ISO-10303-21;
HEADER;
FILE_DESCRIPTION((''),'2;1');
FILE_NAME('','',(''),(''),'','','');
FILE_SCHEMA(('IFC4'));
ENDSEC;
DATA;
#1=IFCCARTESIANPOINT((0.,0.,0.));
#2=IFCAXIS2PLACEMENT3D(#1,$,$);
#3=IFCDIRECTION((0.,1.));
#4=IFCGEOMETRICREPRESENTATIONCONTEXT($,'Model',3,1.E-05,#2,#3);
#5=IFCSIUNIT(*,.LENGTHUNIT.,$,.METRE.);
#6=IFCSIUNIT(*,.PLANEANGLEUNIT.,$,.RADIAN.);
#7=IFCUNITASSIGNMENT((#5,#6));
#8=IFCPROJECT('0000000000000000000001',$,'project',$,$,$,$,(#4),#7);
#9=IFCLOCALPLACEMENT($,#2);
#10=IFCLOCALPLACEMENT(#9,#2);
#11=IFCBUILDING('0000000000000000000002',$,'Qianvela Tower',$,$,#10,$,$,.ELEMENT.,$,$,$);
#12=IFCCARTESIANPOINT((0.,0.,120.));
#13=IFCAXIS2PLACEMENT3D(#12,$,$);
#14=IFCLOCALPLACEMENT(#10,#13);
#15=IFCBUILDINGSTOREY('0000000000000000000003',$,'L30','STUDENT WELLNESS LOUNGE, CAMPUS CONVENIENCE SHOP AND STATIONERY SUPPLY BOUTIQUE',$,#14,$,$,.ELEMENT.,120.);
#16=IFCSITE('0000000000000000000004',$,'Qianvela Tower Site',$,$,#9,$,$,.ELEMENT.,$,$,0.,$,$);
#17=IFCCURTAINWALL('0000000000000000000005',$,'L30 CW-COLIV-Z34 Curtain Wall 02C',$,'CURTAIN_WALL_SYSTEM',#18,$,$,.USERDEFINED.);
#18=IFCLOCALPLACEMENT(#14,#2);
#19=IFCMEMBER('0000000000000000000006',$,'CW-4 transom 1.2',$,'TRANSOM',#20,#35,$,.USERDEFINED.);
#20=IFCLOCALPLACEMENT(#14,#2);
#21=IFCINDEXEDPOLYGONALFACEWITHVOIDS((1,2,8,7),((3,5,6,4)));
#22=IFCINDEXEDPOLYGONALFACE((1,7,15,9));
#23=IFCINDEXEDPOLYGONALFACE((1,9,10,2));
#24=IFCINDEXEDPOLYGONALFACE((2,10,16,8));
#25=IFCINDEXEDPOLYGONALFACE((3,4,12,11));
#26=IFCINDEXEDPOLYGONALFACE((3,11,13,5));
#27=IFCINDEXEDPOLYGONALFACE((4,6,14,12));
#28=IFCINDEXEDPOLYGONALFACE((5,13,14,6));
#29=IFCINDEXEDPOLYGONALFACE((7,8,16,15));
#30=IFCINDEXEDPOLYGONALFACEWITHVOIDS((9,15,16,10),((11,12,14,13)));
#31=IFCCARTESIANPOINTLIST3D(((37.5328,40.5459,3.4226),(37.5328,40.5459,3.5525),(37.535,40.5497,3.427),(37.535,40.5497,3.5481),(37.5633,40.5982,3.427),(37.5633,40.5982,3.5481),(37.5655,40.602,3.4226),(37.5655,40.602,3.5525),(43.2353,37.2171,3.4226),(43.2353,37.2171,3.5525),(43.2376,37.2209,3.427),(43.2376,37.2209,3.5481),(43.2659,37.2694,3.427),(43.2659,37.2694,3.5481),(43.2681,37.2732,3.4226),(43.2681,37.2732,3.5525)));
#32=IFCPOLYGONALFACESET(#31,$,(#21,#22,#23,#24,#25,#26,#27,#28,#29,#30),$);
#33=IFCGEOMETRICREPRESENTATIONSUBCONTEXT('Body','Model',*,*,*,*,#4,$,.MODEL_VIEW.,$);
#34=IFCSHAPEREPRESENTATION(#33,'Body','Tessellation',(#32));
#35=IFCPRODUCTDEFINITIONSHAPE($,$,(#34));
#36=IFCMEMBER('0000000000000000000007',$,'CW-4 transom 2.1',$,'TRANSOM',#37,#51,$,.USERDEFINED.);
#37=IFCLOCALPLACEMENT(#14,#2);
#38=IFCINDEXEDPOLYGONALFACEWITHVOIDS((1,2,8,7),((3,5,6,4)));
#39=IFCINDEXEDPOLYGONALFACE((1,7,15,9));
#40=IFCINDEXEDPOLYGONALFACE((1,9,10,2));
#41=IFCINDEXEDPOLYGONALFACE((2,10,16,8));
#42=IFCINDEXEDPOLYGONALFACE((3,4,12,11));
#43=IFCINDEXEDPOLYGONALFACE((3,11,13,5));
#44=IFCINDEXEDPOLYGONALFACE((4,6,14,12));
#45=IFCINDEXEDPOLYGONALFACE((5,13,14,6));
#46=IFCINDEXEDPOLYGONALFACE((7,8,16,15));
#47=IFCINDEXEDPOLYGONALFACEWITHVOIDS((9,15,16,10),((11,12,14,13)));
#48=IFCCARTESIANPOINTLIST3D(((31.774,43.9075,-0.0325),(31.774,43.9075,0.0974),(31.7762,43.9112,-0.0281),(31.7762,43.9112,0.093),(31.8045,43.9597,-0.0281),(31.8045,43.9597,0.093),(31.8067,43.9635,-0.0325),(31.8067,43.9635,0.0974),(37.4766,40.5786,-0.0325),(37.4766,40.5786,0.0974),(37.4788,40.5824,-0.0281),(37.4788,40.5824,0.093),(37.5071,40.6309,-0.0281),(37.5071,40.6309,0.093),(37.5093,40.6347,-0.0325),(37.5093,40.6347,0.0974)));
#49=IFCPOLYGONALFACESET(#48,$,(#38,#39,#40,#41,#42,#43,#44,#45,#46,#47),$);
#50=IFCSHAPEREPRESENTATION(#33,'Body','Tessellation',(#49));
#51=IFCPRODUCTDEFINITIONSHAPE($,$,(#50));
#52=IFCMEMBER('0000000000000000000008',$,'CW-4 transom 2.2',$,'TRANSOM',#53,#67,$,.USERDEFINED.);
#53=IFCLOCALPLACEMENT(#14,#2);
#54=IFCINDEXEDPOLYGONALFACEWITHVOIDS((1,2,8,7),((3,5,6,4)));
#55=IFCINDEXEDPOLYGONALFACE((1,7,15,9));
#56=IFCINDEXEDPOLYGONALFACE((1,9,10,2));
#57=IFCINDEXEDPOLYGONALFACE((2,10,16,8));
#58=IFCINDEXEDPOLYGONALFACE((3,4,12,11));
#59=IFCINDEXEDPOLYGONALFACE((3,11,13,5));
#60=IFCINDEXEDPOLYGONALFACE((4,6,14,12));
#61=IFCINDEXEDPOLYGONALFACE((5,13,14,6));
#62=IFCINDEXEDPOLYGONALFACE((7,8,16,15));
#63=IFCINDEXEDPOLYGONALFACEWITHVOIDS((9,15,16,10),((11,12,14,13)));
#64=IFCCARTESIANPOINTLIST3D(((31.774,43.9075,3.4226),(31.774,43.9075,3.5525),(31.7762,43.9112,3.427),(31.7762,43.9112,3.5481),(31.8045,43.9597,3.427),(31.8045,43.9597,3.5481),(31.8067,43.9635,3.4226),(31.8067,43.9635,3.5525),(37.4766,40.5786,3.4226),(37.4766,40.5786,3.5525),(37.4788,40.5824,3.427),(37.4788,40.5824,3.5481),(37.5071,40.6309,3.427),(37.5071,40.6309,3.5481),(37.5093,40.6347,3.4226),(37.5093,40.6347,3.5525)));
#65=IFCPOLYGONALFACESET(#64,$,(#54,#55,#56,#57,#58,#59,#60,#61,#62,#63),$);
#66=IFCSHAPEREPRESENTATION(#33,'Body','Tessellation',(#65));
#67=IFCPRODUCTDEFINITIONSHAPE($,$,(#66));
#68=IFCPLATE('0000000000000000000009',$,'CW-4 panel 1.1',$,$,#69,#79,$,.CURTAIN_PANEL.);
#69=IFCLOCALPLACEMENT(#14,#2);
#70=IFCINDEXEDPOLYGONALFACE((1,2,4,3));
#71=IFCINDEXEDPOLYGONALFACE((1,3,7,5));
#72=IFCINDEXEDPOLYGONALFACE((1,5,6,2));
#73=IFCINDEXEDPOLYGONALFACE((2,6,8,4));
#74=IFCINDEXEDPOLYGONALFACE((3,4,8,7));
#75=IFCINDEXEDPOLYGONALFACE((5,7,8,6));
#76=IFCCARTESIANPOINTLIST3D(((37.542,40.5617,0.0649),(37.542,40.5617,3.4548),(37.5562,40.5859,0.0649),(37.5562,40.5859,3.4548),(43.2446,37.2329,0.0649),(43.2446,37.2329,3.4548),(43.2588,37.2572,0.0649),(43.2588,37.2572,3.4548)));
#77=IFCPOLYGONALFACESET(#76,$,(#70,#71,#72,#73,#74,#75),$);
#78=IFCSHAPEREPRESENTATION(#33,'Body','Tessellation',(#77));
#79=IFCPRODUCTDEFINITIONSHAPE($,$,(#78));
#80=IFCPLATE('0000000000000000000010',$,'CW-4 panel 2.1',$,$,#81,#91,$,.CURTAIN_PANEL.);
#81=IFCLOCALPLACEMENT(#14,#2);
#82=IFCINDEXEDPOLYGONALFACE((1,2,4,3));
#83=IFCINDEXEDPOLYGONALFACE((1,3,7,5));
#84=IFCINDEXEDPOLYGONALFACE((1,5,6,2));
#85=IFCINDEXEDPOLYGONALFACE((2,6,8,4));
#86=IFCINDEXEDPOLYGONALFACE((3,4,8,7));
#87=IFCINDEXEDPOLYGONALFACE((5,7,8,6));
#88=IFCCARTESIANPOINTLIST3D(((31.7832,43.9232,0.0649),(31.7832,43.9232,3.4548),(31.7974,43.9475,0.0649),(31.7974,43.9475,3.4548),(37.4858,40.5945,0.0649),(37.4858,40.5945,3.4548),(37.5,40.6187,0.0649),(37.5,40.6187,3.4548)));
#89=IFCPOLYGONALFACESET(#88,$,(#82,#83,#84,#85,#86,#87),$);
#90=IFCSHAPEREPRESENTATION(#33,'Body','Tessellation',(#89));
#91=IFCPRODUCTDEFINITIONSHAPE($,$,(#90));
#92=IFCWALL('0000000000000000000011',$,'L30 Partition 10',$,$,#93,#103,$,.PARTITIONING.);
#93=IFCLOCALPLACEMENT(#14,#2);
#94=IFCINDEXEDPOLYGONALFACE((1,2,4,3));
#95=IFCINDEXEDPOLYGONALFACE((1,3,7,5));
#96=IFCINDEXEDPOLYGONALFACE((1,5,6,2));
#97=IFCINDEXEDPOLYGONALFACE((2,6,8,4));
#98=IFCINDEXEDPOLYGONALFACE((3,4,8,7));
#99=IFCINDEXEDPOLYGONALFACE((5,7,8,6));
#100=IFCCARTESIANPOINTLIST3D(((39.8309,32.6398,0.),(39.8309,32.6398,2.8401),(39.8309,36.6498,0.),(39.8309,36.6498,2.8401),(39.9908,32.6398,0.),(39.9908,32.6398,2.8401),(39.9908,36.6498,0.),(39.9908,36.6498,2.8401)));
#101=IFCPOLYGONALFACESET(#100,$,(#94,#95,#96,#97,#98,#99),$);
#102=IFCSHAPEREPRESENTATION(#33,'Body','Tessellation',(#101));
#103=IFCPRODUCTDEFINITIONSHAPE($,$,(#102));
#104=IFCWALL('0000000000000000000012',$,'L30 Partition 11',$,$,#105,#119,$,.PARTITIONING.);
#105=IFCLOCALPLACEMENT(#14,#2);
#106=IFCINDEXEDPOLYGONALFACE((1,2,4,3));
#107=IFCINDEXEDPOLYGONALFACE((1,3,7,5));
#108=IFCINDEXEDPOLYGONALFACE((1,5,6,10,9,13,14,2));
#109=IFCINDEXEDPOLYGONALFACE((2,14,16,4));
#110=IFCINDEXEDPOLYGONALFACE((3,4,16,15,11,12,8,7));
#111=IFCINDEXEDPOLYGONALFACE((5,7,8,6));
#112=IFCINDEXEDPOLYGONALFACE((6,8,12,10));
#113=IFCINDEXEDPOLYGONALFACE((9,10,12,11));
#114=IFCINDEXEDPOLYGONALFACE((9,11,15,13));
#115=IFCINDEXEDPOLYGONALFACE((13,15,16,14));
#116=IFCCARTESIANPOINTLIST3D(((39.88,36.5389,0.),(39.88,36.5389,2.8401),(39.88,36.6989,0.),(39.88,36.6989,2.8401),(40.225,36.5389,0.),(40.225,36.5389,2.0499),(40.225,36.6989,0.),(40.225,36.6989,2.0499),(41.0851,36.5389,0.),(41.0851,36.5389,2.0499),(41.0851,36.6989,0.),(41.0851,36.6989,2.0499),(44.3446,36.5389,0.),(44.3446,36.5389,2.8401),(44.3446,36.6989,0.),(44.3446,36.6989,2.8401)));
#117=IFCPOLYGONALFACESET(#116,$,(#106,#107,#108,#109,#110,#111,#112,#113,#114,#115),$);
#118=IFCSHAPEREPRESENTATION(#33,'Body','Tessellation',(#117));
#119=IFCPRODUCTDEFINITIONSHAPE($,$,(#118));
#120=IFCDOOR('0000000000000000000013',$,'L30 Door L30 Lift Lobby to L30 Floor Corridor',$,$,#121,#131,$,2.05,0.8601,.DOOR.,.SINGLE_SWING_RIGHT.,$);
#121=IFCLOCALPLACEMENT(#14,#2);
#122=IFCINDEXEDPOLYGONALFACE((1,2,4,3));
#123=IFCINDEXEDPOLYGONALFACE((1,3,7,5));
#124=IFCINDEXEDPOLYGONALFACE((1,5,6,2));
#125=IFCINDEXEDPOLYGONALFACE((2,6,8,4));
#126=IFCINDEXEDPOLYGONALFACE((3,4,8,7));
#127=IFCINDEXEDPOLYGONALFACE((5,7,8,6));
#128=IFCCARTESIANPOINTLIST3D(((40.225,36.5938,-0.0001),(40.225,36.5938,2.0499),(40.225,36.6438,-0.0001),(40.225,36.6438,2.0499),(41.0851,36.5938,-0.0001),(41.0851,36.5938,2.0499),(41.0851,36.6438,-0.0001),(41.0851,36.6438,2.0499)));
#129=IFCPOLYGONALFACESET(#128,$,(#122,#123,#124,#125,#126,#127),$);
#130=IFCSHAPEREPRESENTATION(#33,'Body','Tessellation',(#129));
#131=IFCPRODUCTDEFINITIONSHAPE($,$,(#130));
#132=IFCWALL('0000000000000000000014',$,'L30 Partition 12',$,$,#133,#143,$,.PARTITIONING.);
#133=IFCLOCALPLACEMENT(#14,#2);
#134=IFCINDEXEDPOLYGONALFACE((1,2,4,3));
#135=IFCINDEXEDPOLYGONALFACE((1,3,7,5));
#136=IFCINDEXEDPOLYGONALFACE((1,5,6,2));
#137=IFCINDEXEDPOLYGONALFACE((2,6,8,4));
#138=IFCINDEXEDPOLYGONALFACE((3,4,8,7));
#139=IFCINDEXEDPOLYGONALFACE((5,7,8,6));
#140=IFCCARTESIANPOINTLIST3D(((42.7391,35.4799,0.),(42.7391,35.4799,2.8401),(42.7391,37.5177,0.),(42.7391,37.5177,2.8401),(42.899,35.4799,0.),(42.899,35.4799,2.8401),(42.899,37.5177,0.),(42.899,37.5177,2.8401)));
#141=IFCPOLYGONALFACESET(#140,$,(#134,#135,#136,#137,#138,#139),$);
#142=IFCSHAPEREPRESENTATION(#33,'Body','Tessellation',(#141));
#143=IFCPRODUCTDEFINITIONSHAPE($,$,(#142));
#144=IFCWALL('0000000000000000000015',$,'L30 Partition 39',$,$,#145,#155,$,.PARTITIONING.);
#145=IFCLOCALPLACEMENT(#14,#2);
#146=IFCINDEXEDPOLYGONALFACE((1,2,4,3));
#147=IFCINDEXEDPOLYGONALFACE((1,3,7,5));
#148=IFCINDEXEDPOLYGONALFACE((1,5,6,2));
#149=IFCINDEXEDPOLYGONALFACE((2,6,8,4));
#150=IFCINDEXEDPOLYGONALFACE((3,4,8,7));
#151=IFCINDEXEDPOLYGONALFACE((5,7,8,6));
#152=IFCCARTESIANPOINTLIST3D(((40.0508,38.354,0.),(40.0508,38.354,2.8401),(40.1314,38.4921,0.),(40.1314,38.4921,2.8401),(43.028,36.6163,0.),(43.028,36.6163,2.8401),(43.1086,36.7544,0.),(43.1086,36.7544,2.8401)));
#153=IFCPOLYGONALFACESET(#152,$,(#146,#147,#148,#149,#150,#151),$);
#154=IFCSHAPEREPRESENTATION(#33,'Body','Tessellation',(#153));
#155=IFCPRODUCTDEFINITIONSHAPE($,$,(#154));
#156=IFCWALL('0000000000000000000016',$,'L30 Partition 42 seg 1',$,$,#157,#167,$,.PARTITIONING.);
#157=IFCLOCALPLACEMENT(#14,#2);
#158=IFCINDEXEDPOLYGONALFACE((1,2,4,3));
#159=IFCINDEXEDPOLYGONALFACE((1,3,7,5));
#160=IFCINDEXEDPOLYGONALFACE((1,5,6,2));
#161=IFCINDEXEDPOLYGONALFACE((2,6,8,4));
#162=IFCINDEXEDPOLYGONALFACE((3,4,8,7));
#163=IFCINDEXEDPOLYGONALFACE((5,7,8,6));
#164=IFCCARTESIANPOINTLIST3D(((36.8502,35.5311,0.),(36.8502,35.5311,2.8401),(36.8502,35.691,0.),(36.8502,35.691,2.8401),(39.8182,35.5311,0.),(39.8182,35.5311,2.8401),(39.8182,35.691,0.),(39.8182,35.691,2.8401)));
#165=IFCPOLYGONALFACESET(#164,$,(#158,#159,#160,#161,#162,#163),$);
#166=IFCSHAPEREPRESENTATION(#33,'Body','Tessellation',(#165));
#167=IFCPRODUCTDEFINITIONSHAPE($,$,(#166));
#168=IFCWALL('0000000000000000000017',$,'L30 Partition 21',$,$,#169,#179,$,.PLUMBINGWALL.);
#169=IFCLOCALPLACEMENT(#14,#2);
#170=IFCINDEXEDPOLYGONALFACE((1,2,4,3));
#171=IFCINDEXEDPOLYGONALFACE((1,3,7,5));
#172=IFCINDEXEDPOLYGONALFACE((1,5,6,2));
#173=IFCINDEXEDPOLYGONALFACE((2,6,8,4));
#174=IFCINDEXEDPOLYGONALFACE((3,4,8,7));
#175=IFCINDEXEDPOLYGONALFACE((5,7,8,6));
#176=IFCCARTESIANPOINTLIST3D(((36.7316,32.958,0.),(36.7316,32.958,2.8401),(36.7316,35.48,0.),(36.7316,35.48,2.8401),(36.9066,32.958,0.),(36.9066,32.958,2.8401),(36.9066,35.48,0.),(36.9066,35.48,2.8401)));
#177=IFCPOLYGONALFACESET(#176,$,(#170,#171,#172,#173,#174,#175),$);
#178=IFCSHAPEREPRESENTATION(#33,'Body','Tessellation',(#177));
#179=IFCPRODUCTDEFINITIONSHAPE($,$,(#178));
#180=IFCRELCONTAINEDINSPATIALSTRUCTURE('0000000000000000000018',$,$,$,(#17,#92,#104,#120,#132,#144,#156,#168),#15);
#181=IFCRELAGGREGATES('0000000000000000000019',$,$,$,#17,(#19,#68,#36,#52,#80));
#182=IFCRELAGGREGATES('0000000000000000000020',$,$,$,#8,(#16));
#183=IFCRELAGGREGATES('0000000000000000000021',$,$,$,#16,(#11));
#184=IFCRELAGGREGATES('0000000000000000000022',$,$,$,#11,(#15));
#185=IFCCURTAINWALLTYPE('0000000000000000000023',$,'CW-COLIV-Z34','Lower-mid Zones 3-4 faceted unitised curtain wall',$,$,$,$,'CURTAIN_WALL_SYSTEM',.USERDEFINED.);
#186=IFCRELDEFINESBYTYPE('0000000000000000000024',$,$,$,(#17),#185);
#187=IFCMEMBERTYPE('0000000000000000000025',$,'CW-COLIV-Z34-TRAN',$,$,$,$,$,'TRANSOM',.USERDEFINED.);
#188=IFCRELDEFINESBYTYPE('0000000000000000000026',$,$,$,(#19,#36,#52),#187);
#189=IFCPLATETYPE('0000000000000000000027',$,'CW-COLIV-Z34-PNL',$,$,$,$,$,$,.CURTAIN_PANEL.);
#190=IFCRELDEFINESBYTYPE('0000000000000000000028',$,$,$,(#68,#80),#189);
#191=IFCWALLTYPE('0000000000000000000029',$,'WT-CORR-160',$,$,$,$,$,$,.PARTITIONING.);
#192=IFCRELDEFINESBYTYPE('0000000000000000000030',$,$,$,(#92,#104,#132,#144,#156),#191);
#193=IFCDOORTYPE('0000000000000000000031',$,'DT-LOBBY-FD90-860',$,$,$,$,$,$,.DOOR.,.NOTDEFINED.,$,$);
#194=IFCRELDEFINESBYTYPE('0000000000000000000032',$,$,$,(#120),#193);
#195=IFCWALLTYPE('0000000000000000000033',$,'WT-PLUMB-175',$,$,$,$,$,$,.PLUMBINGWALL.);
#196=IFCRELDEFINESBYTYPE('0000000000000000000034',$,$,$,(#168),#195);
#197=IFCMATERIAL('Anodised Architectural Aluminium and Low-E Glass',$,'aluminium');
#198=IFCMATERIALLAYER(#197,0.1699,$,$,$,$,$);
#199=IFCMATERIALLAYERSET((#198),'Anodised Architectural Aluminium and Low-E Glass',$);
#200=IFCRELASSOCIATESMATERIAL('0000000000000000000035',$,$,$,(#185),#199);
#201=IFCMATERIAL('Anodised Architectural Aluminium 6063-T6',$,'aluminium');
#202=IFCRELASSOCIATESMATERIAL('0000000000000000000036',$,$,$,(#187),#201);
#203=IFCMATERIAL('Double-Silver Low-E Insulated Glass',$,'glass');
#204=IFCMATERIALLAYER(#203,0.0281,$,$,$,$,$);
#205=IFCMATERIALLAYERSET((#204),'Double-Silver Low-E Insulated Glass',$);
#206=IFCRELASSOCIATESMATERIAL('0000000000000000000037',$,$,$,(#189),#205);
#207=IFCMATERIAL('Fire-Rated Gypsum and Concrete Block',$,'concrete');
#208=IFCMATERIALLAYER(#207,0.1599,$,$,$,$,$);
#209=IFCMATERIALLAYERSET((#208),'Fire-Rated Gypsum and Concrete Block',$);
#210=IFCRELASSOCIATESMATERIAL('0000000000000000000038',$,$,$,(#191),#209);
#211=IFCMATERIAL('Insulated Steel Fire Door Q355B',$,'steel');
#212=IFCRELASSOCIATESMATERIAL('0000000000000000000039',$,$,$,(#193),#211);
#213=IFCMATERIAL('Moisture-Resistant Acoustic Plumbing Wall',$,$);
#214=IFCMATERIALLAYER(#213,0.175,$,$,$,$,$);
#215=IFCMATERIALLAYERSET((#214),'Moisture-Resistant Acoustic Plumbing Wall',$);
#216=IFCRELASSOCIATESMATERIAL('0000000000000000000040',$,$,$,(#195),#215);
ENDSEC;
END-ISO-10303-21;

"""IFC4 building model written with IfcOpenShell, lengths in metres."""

from ifc_helpers import new_model, si_unit, direction, frame, frame_2d, origin, origin_2d, place, context, subcontext, project, spatial, rectangle, hollow_rectangle, extrude, material, layer, layer_set, material_profile, profile_set, type_object, element, fill, aggregate, save


model = new_model("IFC4")

# Units and contexts
model_context = context("Model", 3, precision=1e-05, world=origin(), true_north=direction((0.0, 1.0)))
body_context = subcontext(model_context, "Body", "Model", "MODEL_VIEW")
ifc_project = project(units=[si_unit("LENGTHUNIT", "METRE"), si_unit("PLANEANGLEUNIT", "RADIAN")], contexts=[model_context])

# Site, building, storey
site_placement = place(None, origin())
site = spatial("IfcSite", under=ifc_project, at=site_placement, Name="Qianvela Tower Site", CompositionType="ELEMENT", RefElevation=0.0)
building_placement = place(site_placement, origin())
building = spatial("IfcBuilding", under=site, at=building_placement, Name="Qianvela Tower", CompositionType="ELEMENT")
storey_placement = place(building_placement, frame((0.0, 0.0, 120.0)))
storey = spatial("IfcBuildingStorey", under=building, at=storey_placement, Name="L30", Description="STUDENT WELLNESS LOUNGE, CAMPUS CONVENIENCE SHOP AND STATIONERY SUPPLY BOUTIQUE", CompositionType="ELEMENT", Elevation=120.0)

# Curtain wall, members, plates
ifc_material_1 = material(Name="Anodised Architectural Aluminium and Low-E Glass", Category="aluminium")
ifc_layer_1 = layer(ifc_material_1, 0.1699)
ifc_layer_set_1 = layer_set([ifc_layer_1], Name="Anodised Architectural Aluminium and Low-E Glass")
curtain_wall_type = type_object("IfcCurtainWallType", Name="CW-COLIV-Z34", Description="Lower-mid Zones 3-4 faceted unitised curtain wall", ElementType="CURTAIN_WALL_SYSTEM", PredefinedType="USERDEFINED", material=ifc_layer_set_1)
curtain_wall_placement = place(storey_placement, origin())
curtain_wall = element("IfcCurtainWall", 1, at=curtain_wall_placement, inside=storey, type_object=curtain_wall_type, Name="L30 CW-COLIV-Z34 Curtain Wall 02C", ObjectType="CURTAIN_WALL_SYSTEM", PredefinedType="USERDEFINED")
ifc_material_2 = material(Name="Anodised Architectural Aluminium 6063-T6", Category="aluminium")
ifc_material_profile_1 = material_profile(ifc_material_2, hollow_rectangle(XDim=0.0649, YDim=0.1299, WallThickness=0.0044, at=origin_2d()), Name="ALU-TRAN-65x130")
ifc_profile_set_1 = profile_set([ifc_material_profile_1], Name="Anodised Architectural Aluminium 6063-T6")
member_type_1 = type_object("IfcMemberType", Name="CW-COLIV-Z34-TRAN", ElementType="TRANSOM", PredefinedType="USERDEFINED", material=ifc_profile_set_1)
member_1_placement = place(storey_placement, frame((43.2517, 37.2451, 3.4875), z_axis=(-0.863626, 0.504133, 0.0), x_axis=(-0.504133, -0.863626, 0.0)))
member_1 = element("IfcMember", 2, at=member_1_placement, type_object=member_type_1, Name="CW-4 transom 1.2", ObjectType="TRANSOM", PredefinedType="USERDEFINED", context=body_context, shape_type="SweptSolid", body=[
    extrude(hollow_rectangle(XDim=0.0649, YDim=0.1299, WallThickness=0.0044, at=origin_2d()), origin(), (0.0, 0.0, 1.0), 6.603),
])
member_2_placement = place(storey_placement, frame((37.4929, 40.6067, 0.0325), z_axis=(-0.863626, 0.504133, 0.0), x_axis=(-0.504133, -0.863626, 0.0)))
member_2 = element("IfcMember", 3, at=member_2_placement, type_object=member_type_1, Name="CW-4 transom 2.1", ObjectType="TRANSOM", PredefinedType="USERDEFINED", context=body_context, shape_type="SweptSolid", body=[
    extrude(hollow_rectangle(XDim=0.0649, YDim=0.1299, WallThickness=0.0044, at=origin_2d()), origin(), (0.0, 0.0, 1.0), 6.603),
])
member_3_placement = place(storey_placement, frame((37.4929, 40.6067, 3.4875), z_axis=(-0.863626, 0.504133, 0.0), x_axis=(-0.504133, -0.863626, 0.0)))
member_3 = element("IfcMember", 4, at=member_3_placement, type_object=member_type_1, Name="CW-4 transom 2.2", ObjectType="TRANSOM", PredefinedType="USERDEFINED", context=body_context, shape_type="SweptSolid", body=[
    extrude(hollow_rectangle(XDim=0.0649, YDim=0.1299, WallThickness=0.0044, at=origin_2d()), origin(), (0.0, 0.0, 1.0), 6.603),
])
ifc_material_3 = material(Name="Double-Silver Low-E Insulated Glass", Category="glass")
ifc_layer_2 = layer(ifc_material_3, 0.0281)
ifc_layer_set_2 = layer_set([ifc_layer_2], Name="Double-Silver Low-E Insulated Glass")
plate_type = type_object("IfcPlateType", Name="CW-COLIV-Z34-PNL", PredefinedType="CURTAIN_PANEL", material=ifc_layer_set_2)
plate_1_placement = place(storey_placement, frame((40.4004, 38.9094, 0.0649), z_axis=(0.0, 0.0, 1.0), x_axis=(-0.863632, 0.504123, 0.0)))
plate_1 = element("IfcPlate", 5, at=plate_1_placement, type_object=plate_type, Name="CW-4 panel 1.1", PredefinedType="CURTAIN_PANEL", context=body_context, shape_type="SweptSolid", body=[
    extrude(rectangle(XDim=6.603, YDim=0.0281, at=origin_2d()), origin(), (0.0, 0.0, 1.0), 3.3899),
])
plate_2_placement = place(storey_placement, frame((34.6416, 42.271, 0.0649), z_axis=(0.0, 0.0, 1.0), x_axis=(-0.863632, 0.504123, 0.0)))
plate_2 = element("IfcPlate", 6, at=plate_2_placement, type_object=plate_type, Name="CW-4 panel 2.1", PredefinedType="CURTAIN_PANEL", context=body_context, shape_type="SweptSolid", body=[
    extrude(rectangle(XDim=6.603, YDim=0.0281, at=origin_2d()), origin(), (0.0, 0.0, 1.0), 3.3899),
])
aggregate(curtain_wall, [member_1, plate_1, member_2, member_3, plate_2])

# Wall
ifc_material_4 = material(Name="Fire-Rated Gypsum and Concrete Block", Category="concrete")
ifc_layer_3 = layer(ifc_material_4, 0.1599)
ifc_layer_set_3 = layer_set([ifc_layer_3], Name="Fire-Rated Gypsum and Concrete Block")
wall_type_1 = type_object("IfcWallType", Name="WT-CORR-160", PredefinedType="PARTITIONING", material=ifc_layer_set_3)
wall_1_placement = place(storey_placement, frame((39.9109, 32.6399, 0.0), z_axis=(0.0, 0.0, 1.0), x_axis=(0.0, 1.0, 0.0)))
element("IfcWall", 7, at=wall_1_placement, inside=storey, type_object=wall_type_1, Name="L30 Partition 10", PredefinedType="PARTITIONING", context=body_context, shape_type="SweptSolid", body=[
    extrude(rectangle(XDim=4.01, YDim=0.1599, at=frame_2d((2.0049, 0.0))), origin(), (0.0, 0.0, 1.0), 2.8401),
])

# Wall, opening, door
wall_2_placement = place(storey_placement, frame((39.8799, 36.6189, 0.0), z_axis=(0.0, 0.0, 1.0), x_axis=(1.0, 0.0, 0.0)))
wall_2 = element("IfcWall", 8, at=wall_2_placement, inside=storey, type_object=wall_type_1, Name="L30 Partition 11", PredefinedType="PARTITIONING", context=body_context, shape_type="SweptSolid", body=[
    extrude(rectangle(XDim=4.4646, YDim=0.1599, at=frame_2d((2.2324, 0.0))), origin(), (0.0, 0.0, 1.0), 2.8401),
])
opening_1_placement = place(wall_2_placement, frame((0.345, 0.0, 0.0)))
opening_1 = element("IfcOpeningElement", 9, at=opening_1_placement, cuts=wall_2, PredefinedType="OPENING", context=body_context, shape_type="SweptSolid", body=[
    extrude(rectangle(XDim=0.8601, YDim=2.05, at=frame_2d((0.4302, 1.0249))), frame((0.0, 0.0898, 0.0), z_axis=(0.0, -1.0, 0.0), x_axis=(1.0, 0.0, 0.0)), (0.0, 0.0, 1.0), 0.1799),
])
ifc_material_5 = material(Name="Insulated Steel Fire Door Q355B", Category="steel")
door_type_1 = type_object("IfcDoorType", Name="DT-LOBBY-FD90-860", OperationType="NOTDEFINED", PredefinedType="DOOR", material=ifc_material_5)
door_1_placement = place(opening_1_placement, origin())
door_1 = element("IfcDoor", 10, at=door_1_placement, inside=storey, type_object=door_type_1, Name="L30 Door L30 Lift Lobby to L30 Floor Corridor", OperationType="SINGLE_SWING_RIGHT", OverallHeight=2.05, OverallWidth=0.8601, PredefinedType="DOOR", context=body_context, shape_type="SweptSolid", body=[
    extrude(rectangle(XDim=0.8601, YDim=2.05, at=frame_2d((0.4302, 1.0249))), frame((0.0, 0.0249, 0.0), z_axis=(0.0, -1.0, 0.0), x_axis=(1.0, 0.0, 0.0)), (0.0, 0.0, 1.0), 0.05),
])
fill(opening_1, door_1)

# Walls
wall_3_placement = place(storey_placement, frame((42.8191, 37.5178, 0.0), z_axis=(0.0, 0.0, 1.0), x_axis=(0.0, -1.0, 0.0)))
element("IfcWall", 11, at=wall_3_placement, inside=storey, type_object=wall_type_1, Name="L30 Partition 12", PredefinedType="PARTITIONING", context=body_context, shape_type="SweptSolid", body=[
    extrude(rectangle(XDim=2.0378, YDim=0.1599, at=frame_2d((1.019, 0.0))), origin(), (0.0, 0.0, 1.0), 2.8401),
])
wall_4_placement = place(storey_placement, frame((40.0911, 38.4231, 0.0), z_axis=(0.0, 0.0, 1.0), x_axis=(0.863648, -0.504096, 0.0)))
element("IfcWall", 12, at=wall_4_placement, inside=storey, type_object=wall_type_1, Name="L30 Partition 39", PredefinedType="PARTITIONING", context=body_context, shape_type="SweptSolid", body=[
    extrude(rectangle(XDim=3.4473, YDim=0.1599, at=frame_2d((1.7236, 0.0))), origin(), (0.0, 0.0, 1.0), 2.8401),
])
wall_5_placement = place(storey_placement, frame((39.8181, 35.6111, 0.0), z_axis=(0.0, 0.0, 1.0), x_axis=(-1.0, 0.0, 0.0)))
element("IfcWall", 13, at=wall_5_placement, inside=storey, type_object=wall_type_1, Name="L30 Partition 42 seg 1", PredefinedType="PARTITIONING", context=body_context, shape_type="SweptSolid", body=[
    extrude(rectangle(XDim=2.968, YDim=0.1599, at=frame_2d((1.4839, 0.0))), origin(), (0.0, 0.0, 1.0), 2.8401),
])
ifc_material_6 = material(Name="Moisture-Resistant Acoustic Plumbing Wall")
ifc_layer_4 = layer(ifc_material_6, 0.175)
ifc_layer_set_4 = layer_set([ifc_layer_4], Name="Moisture-Resistant Acoustic Plumbing Wall")
wall_type_2 = type_object("IfcWallType", Name="WT-PLUMB-175", PredefinedType="PLUMBINGWALL", material=ifc_layer_set_4)
wall_6_placement = place(storey_placement, frame((36.8191, 35.48, 0.0), z_axis=(0.0, 0.0, 1.0), x_axis=(0.0, -1.0, 0.0)))
element("IfcWall", 14, at=wall_6_placement, inside=storey, type_object=wall_type_2, Name="L30 Partition 21", PredefinedType="PLUMBINGWALL", context=body_context, shape_type="SweptSolid", body=[
    extrude(rectangle(XDim=2.522, YDim=0.175, at=frame_2d((1.261, 0.0))), origin(), (0.0, 0.0, 1.0), 2.8401),
])

save(model, "model.ifc")
